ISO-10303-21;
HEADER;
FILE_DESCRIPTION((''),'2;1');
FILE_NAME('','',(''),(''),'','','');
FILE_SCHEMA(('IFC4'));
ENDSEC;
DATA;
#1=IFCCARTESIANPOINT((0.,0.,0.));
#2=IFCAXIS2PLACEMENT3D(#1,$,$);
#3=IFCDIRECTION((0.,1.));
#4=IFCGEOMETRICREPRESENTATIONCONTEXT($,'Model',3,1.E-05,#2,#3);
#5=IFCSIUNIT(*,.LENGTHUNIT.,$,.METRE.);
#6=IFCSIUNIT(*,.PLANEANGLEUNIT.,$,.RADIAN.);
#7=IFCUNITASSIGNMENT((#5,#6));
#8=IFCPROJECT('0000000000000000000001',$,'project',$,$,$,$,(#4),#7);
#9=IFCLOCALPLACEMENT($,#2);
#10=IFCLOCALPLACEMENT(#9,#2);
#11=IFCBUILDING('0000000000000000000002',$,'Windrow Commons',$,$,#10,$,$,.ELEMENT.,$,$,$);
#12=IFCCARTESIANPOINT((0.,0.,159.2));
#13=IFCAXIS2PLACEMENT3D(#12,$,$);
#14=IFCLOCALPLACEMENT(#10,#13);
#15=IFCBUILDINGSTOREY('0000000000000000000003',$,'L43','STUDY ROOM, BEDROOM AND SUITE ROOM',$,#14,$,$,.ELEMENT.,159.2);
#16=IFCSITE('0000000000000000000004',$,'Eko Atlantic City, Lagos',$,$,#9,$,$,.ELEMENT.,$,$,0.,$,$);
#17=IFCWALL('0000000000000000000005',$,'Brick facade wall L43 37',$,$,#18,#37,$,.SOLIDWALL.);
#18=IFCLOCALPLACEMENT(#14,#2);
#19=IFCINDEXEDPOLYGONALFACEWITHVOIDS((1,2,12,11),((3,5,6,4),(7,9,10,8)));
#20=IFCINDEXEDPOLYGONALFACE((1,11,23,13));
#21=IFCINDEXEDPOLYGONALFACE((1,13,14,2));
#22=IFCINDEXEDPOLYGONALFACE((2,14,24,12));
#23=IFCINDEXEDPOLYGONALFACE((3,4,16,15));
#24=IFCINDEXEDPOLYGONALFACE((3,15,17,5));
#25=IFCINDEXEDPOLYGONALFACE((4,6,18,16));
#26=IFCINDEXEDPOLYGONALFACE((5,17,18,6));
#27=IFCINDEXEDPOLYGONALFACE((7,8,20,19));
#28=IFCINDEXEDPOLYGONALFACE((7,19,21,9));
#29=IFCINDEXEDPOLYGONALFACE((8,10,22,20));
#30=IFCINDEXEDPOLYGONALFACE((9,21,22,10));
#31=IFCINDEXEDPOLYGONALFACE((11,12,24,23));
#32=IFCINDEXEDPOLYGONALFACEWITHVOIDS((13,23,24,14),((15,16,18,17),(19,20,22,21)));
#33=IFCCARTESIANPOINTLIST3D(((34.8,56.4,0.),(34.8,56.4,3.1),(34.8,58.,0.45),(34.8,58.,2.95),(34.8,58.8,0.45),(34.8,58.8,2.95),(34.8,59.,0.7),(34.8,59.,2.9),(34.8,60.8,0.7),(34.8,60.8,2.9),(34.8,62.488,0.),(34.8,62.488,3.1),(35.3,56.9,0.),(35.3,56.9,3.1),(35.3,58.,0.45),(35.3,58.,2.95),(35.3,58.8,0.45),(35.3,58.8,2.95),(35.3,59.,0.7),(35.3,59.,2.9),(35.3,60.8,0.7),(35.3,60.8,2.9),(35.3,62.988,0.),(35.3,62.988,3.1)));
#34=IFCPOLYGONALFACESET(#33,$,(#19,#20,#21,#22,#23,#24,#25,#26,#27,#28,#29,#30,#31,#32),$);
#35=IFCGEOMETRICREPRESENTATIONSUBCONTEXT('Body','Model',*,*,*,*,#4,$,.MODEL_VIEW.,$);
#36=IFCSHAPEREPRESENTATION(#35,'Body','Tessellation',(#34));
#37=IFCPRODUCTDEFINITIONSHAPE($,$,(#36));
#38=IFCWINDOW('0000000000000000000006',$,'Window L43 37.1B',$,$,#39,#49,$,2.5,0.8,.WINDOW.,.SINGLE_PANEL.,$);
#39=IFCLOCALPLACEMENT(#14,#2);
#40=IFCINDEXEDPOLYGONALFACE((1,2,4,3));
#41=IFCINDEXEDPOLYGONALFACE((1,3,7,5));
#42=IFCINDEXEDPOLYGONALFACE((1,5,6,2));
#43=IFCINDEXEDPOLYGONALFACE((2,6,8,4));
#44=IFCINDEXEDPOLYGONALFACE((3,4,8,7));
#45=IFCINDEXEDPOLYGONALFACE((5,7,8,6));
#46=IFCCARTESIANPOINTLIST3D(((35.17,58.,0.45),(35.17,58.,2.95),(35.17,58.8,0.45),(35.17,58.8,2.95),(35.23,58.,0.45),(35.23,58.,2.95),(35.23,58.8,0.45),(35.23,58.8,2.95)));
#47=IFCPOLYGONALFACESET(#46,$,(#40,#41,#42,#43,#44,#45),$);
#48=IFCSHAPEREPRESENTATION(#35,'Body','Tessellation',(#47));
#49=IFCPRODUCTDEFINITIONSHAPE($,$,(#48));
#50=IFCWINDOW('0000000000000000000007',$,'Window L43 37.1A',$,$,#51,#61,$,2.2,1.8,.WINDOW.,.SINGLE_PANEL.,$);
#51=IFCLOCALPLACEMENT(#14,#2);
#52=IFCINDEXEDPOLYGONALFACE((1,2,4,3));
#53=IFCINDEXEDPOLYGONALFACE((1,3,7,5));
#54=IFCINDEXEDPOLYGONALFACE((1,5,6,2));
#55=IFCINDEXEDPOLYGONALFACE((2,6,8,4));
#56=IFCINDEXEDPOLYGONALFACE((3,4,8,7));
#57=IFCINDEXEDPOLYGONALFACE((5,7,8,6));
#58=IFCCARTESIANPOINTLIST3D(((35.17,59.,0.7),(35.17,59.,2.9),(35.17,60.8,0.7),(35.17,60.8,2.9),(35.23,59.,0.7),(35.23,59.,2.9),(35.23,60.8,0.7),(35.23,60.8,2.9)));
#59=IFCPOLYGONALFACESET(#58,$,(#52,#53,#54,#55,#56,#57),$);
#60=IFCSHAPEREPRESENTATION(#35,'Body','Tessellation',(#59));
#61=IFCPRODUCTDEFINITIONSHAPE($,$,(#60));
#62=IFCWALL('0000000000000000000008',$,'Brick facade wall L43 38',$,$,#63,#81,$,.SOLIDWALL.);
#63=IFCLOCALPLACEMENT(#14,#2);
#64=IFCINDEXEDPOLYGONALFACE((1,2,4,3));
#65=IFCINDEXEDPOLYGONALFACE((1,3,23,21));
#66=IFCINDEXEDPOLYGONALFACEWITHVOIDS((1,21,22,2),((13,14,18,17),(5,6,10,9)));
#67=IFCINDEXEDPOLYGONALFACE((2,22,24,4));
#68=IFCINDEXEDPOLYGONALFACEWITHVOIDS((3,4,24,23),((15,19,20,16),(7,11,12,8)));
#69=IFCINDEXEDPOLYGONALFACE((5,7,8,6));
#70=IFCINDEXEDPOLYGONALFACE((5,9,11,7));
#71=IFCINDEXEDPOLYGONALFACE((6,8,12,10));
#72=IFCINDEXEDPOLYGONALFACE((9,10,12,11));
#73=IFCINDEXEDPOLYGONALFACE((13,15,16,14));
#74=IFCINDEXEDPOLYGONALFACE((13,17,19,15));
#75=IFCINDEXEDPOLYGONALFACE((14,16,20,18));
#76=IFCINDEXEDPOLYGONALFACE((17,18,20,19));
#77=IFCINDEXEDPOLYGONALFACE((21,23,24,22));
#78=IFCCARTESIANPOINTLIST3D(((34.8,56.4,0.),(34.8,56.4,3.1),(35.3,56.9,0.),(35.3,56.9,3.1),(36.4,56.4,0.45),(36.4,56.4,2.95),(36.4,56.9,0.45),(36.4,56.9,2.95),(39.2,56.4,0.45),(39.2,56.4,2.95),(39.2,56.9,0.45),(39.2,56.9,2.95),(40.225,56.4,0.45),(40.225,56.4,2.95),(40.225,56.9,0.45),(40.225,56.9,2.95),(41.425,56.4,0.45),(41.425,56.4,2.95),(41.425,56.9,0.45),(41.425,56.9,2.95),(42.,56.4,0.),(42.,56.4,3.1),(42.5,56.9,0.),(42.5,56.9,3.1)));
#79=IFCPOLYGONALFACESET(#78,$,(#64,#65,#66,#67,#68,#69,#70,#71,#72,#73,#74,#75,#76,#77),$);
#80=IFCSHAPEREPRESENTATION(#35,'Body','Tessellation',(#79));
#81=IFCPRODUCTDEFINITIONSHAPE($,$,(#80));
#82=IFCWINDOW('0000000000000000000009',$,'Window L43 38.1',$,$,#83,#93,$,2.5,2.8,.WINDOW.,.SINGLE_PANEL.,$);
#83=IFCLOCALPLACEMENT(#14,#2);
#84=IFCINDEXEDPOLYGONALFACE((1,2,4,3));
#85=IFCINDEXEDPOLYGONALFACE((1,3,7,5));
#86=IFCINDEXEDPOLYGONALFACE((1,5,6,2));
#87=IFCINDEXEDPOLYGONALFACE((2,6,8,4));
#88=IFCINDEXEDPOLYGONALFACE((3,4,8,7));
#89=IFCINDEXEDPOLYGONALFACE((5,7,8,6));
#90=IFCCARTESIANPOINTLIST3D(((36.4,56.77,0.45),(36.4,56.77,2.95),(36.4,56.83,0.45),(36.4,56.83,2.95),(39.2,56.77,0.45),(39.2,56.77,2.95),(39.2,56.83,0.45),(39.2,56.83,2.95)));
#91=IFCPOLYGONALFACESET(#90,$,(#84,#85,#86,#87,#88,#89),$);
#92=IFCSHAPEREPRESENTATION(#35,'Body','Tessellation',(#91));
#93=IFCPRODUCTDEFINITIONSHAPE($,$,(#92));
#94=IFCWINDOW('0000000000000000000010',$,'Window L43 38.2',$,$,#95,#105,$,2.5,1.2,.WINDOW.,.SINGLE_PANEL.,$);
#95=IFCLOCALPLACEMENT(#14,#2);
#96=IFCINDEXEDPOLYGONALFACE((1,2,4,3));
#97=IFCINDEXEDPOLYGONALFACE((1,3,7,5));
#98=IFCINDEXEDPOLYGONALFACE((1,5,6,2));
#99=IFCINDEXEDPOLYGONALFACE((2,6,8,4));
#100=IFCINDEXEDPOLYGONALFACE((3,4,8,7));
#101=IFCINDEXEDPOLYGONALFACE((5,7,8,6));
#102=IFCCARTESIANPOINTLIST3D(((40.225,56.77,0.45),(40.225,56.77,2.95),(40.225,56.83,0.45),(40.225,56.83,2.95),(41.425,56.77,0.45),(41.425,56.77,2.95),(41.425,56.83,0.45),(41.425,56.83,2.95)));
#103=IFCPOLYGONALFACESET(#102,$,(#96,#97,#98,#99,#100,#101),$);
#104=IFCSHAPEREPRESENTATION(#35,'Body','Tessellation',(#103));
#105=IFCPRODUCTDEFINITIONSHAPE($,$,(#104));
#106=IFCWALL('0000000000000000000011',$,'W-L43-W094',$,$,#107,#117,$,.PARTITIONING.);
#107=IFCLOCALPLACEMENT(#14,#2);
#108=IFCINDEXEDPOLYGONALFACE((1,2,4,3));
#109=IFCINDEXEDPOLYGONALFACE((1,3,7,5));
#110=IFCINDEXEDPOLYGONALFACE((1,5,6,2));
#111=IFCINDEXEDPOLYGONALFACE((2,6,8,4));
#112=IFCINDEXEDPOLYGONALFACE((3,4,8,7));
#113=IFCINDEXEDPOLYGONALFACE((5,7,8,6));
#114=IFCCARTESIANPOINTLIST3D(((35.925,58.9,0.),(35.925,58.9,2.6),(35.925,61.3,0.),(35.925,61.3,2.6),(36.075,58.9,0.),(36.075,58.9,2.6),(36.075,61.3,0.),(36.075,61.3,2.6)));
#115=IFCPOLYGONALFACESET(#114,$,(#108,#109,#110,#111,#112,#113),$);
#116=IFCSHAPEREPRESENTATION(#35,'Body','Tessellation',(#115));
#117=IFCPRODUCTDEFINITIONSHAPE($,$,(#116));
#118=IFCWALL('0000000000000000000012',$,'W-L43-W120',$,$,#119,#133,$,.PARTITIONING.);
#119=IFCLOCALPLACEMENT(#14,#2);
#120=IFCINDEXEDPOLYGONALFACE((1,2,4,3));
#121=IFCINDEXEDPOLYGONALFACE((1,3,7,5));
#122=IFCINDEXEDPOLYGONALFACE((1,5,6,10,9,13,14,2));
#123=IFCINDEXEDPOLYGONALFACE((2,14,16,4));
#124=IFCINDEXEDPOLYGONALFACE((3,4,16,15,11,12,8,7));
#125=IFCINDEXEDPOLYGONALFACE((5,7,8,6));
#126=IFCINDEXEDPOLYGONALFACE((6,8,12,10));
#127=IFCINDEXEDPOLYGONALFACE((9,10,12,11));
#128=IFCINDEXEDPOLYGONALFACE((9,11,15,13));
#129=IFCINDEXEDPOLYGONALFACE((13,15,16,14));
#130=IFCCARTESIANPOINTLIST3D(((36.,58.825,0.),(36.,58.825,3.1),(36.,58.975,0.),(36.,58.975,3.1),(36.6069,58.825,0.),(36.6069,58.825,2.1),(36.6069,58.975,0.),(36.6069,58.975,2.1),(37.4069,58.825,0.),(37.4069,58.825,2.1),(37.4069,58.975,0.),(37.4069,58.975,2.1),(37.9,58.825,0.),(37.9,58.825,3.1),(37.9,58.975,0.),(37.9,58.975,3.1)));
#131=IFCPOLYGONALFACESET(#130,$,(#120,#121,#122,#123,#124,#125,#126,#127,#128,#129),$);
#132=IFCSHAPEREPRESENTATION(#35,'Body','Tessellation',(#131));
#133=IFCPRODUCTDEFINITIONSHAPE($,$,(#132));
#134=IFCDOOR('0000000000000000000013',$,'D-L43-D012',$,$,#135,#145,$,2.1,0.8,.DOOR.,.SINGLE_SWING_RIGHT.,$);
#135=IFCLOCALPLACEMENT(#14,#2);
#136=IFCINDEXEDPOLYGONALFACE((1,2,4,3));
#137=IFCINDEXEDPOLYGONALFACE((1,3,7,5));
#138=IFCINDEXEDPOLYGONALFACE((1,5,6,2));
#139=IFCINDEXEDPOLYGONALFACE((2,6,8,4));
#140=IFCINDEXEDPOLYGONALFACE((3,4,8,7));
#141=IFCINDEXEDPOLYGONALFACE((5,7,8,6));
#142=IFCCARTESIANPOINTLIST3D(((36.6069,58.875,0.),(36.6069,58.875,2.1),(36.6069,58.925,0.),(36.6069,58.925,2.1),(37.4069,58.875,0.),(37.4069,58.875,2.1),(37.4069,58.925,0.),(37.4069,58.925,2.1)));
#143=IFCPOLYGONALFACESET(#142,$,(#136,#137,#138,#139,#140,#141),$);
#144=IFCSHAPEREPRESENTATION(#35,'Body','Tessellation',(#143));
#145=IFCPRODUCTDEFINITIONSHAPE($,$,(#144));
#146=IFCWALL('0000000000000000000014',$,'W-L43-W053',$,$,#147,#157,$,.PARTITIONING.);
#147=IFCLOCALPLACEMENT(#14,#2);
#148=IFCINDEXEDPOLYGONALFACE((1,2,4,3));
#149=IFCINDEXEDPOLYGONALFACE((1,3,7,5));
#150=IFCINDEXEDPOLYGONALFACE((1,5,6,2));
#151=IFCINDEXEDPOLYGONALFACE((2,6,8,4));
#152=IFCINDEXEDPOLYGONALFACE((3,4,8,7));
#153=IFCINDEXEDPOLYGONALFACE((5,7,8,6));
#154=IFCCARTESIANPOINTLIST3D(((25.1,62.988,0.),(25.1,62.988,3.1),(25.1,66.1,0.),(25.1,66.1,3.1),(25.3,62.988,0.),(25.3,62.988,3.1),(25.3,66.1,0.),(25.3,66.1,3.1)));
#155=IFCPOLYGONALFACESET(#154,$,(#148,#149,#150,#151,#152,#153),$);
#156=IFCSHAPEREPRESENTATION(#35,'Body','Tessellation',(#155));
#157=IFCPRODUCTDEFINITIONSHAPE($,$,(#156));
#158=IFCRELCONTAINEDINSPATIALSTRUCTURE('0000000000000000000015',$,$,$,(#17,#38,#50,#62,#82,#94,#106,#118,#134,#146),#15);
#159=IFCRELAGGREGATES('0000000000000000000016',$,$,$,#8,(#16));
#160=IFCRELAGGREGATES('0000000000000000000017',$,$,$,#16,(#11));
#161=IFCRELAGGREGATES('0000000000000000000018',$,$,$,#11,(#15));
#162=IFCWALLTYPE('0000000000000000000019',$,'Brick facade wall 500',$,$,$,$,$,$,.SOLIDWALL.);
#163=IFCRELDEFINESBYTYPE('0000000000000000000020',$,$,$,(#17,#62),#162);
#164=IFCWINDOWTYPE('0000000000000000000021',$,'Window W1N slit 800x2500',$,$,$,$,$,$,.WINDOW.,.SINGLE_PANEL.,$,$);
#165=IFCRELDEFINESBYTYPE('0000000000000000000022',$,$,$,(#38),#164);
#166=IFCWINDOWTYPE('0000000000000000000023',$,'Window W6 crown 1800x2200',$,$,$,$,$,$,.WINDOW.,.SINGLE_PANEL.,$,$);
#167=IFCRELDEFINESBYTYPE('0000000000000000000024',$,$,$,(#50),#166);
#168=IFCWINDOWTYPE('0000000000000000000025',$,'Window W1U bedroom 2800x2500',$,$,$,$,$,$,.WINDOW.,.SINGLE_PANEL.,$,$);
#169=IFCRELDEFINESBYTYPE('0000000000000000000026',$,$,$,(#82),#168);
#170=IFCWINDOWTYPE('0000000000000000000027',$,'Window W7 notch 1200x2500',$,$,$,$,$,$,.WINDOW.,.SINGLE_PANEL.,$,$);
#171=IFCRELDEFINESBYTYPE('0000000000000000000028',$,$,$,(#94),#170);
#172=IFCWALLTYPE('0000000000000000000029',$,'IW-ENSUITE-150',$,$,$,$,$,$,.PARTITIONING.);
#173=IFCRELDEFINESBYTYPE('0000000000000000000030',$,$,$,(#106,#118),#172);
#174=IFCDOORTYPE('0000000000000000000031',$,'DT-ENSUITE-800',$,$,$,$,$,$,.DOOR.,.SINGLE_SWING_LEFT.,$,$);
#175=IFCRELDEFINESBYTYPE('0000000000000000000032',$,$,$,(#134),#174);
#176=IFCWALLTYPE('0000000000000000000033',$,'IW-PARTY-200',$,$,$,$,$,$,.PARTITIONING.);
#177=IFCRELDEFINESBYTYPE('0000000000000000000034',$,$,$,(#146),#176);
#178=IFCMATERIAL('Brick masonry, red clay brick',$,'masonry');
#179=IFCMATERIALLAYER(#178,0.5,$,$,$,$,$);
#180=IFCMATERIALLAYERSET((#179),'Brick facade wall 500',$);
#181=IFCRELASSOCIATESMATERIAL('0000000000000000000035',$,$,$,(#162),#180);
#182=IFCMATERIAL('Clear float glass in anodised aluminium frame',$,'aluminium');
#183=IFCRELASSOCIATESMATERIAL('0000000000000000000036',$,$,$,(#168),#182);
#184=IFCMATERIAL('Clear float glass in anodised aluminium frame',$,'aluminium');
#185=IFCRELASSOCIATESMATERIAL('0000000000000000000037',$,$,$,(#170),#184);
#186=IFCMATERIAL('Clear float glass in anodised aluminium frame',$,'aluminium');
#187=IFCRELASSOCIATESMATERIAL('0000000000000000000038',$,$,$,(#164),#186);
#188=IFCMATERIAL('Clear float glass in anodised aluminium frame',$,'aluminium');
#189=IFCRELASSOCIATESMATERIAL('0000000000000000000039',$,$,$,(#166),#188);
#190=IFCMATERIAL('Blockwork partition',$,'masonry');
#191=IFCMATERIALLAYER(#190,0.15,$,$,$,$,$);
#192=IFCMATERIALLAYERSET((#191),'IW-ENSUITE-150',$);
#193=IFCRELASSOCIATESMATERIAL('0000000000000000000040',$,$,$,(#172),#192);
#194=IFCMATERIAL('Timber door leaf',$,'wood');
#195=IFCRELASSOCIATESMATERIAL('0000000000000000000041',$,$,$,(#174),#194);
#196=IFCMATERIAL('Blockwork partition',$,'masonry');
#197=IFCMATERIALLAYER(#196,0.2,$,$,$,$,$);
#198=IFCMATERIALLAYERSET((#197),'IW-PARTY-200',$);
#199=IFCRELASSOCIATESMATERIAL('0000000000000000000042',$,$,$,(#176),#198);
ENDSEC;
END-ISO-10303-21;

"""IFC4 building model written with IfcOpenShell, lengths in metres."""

from ifc_helpers import new_model, si_unit, direction, frame, frame_2d, origin, place, context, subcontext, project, spatial, polyline, rectangle, outline, extrude, material, layer, layer_set, type_object, element, fill, save


model = new_model("IFC4")

# Units and contexts
model_context = context("Model", 3, precision=1e-05, world=origin(), true_north=direction((0.0, 1.0)))
body_context = subcontext(model_context, "Body", "Model", "MODEL_VIEW")
ifc_project = project(units=[si_unit("LENGTHUNIT", "METRE"), si_unit("PLANEANGLEUNIT", "RADIAN")], contexts=[model_context])

# Site, building, storey
site_placement = place(None, origin())
site = spatial("IfcSite", under=ifc_project, at=site_placement, Name="Eko Atlantic City, Lagos", CompositionType="ELEMENT", RefElevation=0.0)
building_placement = place(site_placement, origin())
building = spatial("IfcBuilding", under=site, at=building_placement, Name="Windrow Commons", CompositionType="ELEMENT")
storey_placement = place(building_placement, frame((0.0, 0.0, 159.2)))
storey = spatial("IfcBuildingStorey", under=building, at=storey_placement, Name="L43", Description="STUDY ROOM, BEDROOM AND SUITE ROOM", CompositionType="ELEMENT", Elevation=159.2)

# Walls, openings, windows
ifc_material_1 = material(Name="Brick masonry, red clay brick", Category="masonry")
ifc_layer_1 = layer(ifc_material_1, 0.5)
ifc_layer_set_1 = layer_set([ifc_layer_1], Name="Brick facade wall 500")
wall_type_1 = type_object("IfcWallType", Name="Brick facade wall 500", PredefinedType="SOLIDWALL", material=ifc_layer_set_1)
ifc_material_2 = material(Name="Clear float glass in anodised aluminium frame", Category="aluminium")
window_type_1 = type_object("IfcWindowType", Name="Window W1U bedroom 2800x2500", PartitioningType="SINGLE_PANEL", PredefinedType="WINDOW", material=ifc_material_2)
ifc_material_3 = material(Name="Clear float glass in anodised aluminium frame", Category="aluminium")
window_type_2 = type_object("IfcWindowType", Name="Window W7 notch 1200x2500", PartitioningType="SINGLE_PANEL", PredefinedType="WINDOW", material=ifc_material_3)
wall_1_placement = place(storey_placement, frame((35.05, 62.738, 0.0), z_axis=(0.0, 0.0, 1.0), x_axis=(0.0, -1.0, 0.0)))
wall_1 = element("IfcWall", 1, at=wall_1_placement, inside=storey, type_object=wall_type_1, Name="Brick facade wall L43 37", PredefinedType="SOLIDWALL", context=body_context, shape_type="SweptSolid", body=[
    extrude(outline(polyline([(0.25, -0.25), (6.338, -0.25), (5.838, 0.25), (-0.25, 0.25), (0.25, -0.25)])), origin(), (0.0, 0.0, 1.0), 3.1),
])
opening_1_placement = place(wall_1_placement, frame((1.938, 0.0, 0.7)))
opening_1 = element("IfcOpeningElement", 2, at=opening_1_placement, cuts=wall_1, PredefinedType="OPENING", context=body_context, shape_type="SweptSolid", body=[
    extrude(rectangle(XDim=1.8, YDim=2.2, at=frame_2d((0.9, 1.1))), frame((0.0, 0.26, 0.0), z_axis=(0.0, -1.0, 0.0), x_axis=(1.0, 0.0, 0.0)), (0.0, 0.0, 1.0), 0.52),
])
opening_2_placement = place(wall_1_placement, frame((3.938, 0.0, 0.45)))
opening_2 = element("IfcOpeningElement", 3, at=opening_2_placement, cuts=wall_1, PredefinedType="OPENING", context=body_context, shape_type="SweptSolid", body=[
    extrude(rectangle(XDim=0.8, YDim=2.5, at=frame_2d((0.4, 1.25))), frame((0.0, 0.26, 0.0), z_axis=(0.0, -1.0, 0.0), x_axis=(1.0, 0.0, 0.0)), (0.0, 0.0, 1.0), 0.52),
])
ifc_material_4 = material(Name="Clear float glass in anodised aluminium frame", Category="aluminium")
window_type_3 = type_object("IfcWindowType", Name="Window W1N slit 800x2500", PartitioningType="SINGLE_PANEL", PredefinedType="WINDOW", material=ifc_material_4)
window_1_placement = place(opening_2_placement, origin())
window_1 = element("IfcWindow", 4, at=window_1_placement, inside=storey, type_object=window_type_3, Name="Window L43 37.1B", OverallHeight=2.5, OverallWidth=0.8, PartitioningType="SINGLE_PANEL", PredefinedType="WINDOW", context=body_context, shape_type="SweptSolid", body=[
    extrude(rectangle(XDim=0.8, YDim=2.5, at=frame_2d((0.4, 1.25))), frame((0.0, 0.18, 0.0), z_axis=(0.0, -1.0, 0.0), x_axis=(1.0, 0.0, 0.0)), (0.0, 0.0, 1.0), 0.06),
])
fill(opening_2, window_1)
ifc_material_5 = material(Name="Clear float glass in anodised aluminium frame", Category="aluminium")
window_type_4 = type_object("IfcWindowType", Name="Window W6 crown 1800x2200", PartitioningType="SINGLE_PANEL", PredefinedType="WINDOW", material=ifc_material_5)
window_2_placement = place(opening_1_placement, origin())
window_2 = element("IfcWindow", 5, at=window_2_placement, inside=storey, type_object=window_type_4, Name="Window L43 37.1A", OverallHeight=2.2, OverallWidth=1.8, PartitioningType="SINGLE_PANEL", PredefinedType="WINDOW", context=body_context, shape_type="SweptSolid", body=[
    extrude(rectangle(XDim=1.8, YDim=2.2, at=frame_2d((0.9, 1.1))), frame((0.0, 0.18, 0.0), z_axis=(0.0, -1.0, 0.0), x_axis=(1.0, 0.0, 0.0)), (0.0, 0.0, 1.0), 0.06),
])
fill(opening_1, window_2)
wall_2_placement = place(storey_placement, frame((35.05, 56.65, 0.0), z_axis=(0.0, 0.0, 1.0), x_axis=(1.0, 0.0, 0.0)))
wall_2 = element("IfcWall", 6, at=wall_2_placement, inside=storey, type_object=wall_type_1, Name="Brick facade wall L43 38", PredefinedType="SOLIDWALL", context=body_context, shape_type="SweptSolid", body=[
    extrude(outline(polyline([(-0.25, -0.25), (6.95, -0.25), (7.45, 0.25), (0.25, 0.25), (-0.25, -0.25)])), origin(), (0.0, 0.0, 1.0), 3.1),
])
opening_3_placement = place(wall_2_placement, frame((1.35, 0.0, 0.45)))
opening_3 = element("IfcOpeningElement", 7, at=opening_3_placement, cuts=wall_2, PredefinedType="OPENING", context=body_context, shape_type="SweptSolid", body=[
    extrude(rectangle(XDim=2.8, YDim=2.5, at=frame_2d((1.4, 1.25))), frame((0.0, 0.26, 0.0), z_axis=(0.0, -1.0, 0.0), x_axis=(1.0, 0.0, 0.0)), (0.0, 0.0, 1.0), 0.52),
])
opening_4_placement = place(wall_2_placement, frame((5.175, 0.0, 0.45)))
opening_4 = element("IfcOpeningElement", 8, at=opening_4_placement, cuts=wall_2, PredefinedType="OPENING", context=body_context, shape_type="SweptSolid", body=[
    extrude(rectangle(XDim=1.2, YDim=2.5, at=frame_2d((0.6, 1.25))), frame((0.0, 0.26, 0.0), z_axis=(0.0, -1.0, 0.0), x_axis=(1.0, 0.0, 0.0)), (0.0, 0.0, 1.0), 0.52),
])
window_3_placement = place(opening_3_placement, origin())
window_3 = element("IfcWindow", 9, at=window_3_placement, inside=storey, type_object=window_type_1, Name="Window L43 38.1", OverallHeight=2.5, OverallWidth=2.8, PartitioningType="SINGLE_PANEL", PredefinedType="WINDOW", context=body_context, shape_type="SweptSolid", body=[
    extrude(rectangle(XDim=2.8, YDim=2.5, at=frame_2d((1.4, 1.25))), frame((0.0, 0.18, 0.0), z_axis=(0.0, -1.0, 0.0), x_axis=(1.0, 0.0, 0.0)), (0.0, 0.0, 1.0), 0.06),
])
fill(opening_3, window_3)
window_4_placement = place(opening_4_placement, origin())
window_4 = element("IfcWindow", 10, at=window_4_placement, inside=storey, type_object=window_type_2, Name="Window L43 38.2", OverallHeight=2.5, OverallWidth=1.2, PartitioningType="SINGLE_PANEL", PredefinedType="WINDOW", context=body_context, shape_type="SweptSolid", body=[
    extrude(rectangle(XDim=1.2, YDim=2.5, at=frame_2d((0.6, 1.25))), frame((0.0, 0.18, 0.0), z_axis=(0.0, -1.0, 0.0), x_axis=(1.0, 0.0, 0.0)), (0.0, 0.0, 1.0), 0.06),
])
fill(opening_4, window_4)

# Wall
ifc_material_6 = material(Name="Blockwork partition", Category="masonry")
ifc_layer_2 = layer(ifc_material_6, 0.15)
ifc_layer_set_2 = layer_set([ifc_layer_2], Name="IW-ENSUITE-150")
wall_type_2 = type_object("IfcWallType", Name="IW-ENSUITE-150", PredefinedType="PARTITIONING", material=ifc_layer_set_2)
wall_3_placement = place(storey_placement, frame((36.0, 58.9, 0.0), z_axis=(0.0, 0.0, 1.0), x_axis=(0.0, 1.0, 0.0)))
element("IfcWall", 11, at=wall_3_placement, inside=storey, type_object=wall_type_2, Name="W-L43-W094", PredefinedType="PARTITIONING", context=body_context, shape_type="SweptSolid", body=[
    extrude(rectangle(XDim=2.4, YDim=0.15, at=frame_2d((1.2, 0.0))), origin(), (0.0, 0.0, 1.0), 2.6),
])

# Wall, opening, door
wall_4_placement = place(storey_placement, frame((36.0, 58.9, 0.0), z_axis=(0.0, 0.0, 1.0), x_axis=(1.0, 0.0, 0.0)))
wall_4 = element("IfcWall", 12, at=wall_4_placement, inside=storey, type_object=wall_type_2, Name="W-L43-W120", PredefinedType="PARTITIONING", context=body_context, shape_type="SweptSolid", body=[
    extrude(rectangle(XDim=1.9, YDim=0.15, at=frame_2d((0.95, 0.0))), origin(), (0.0, 0.0, 1.0), 3.1),
])
opening_5_placement = place(wall_4_placement, frame((0.6069, 0.0, 0.0)))
opening_5 = element("IfcOpeningElement", 13, at=opening_5_placement, cuts=wall_4, PredefinedType="OPENING", context=body_context, shape_type="SweptSolid", body=[
    extrude(rectangle(XDim=0.8, YDim=2.1, at=frame_2d((0.4, 1.05))), frame((0.0, 0.085, 0.0), z_axis=(0.0, -1.0, 0.0), x_axis=(1.0, 0.0, 0.0)), (0.0, 0.0, 1.0), 0.17),
])
ifc_material_7 = material(Name="Timber door leaf", Category="wood")
door_type = type_object("IfcDoorType", Name="DT-ENSUITE-800", OperationType="SINGLE_SWING_LEFT", PredefinedType="DOOR", material=ifc_material_7)
door_placement = place(opening_5_placement, origin())
door = element("IfcDoor", 14, at=door_placement, inside=storey, type_object=door_type, Name="D-L43-D012", OperationType="SINGLE_SWING_RIGHT", OverallHeight=2.1, OverallWidth=0.8, PredefinedType="DOOR", context=body_context, shape_type="SweptSolid", body=[
    extrude(rectangle(XDim=0.8, YDim=2.1, at=frame_2d((0.4, 1.05))), frame((0.0, 0.025, 0.0), z_axis=(0.0, -1.0, 0.0), x_axis=(1.0, 0.0, 0.0)), (0.0, 0.0, 1.0), 0.05),
])
fill(opening_5, door)

# Wall
ifc_material_8 = material(Name="Blockwork partition", Category="masonry")
ifc_layer_3 = layer(ifc_material_8, 0.2)
ifc_layer_set_3 = layer_set([ifc_layer_3], Name="IW-PARTY-200")
wall_type_3 = type_object("IfcWallType", Name="IW-PARTY-200", PredefinedType="PARTITIONING", material=ifc_layer_set_3)
for number, where, z_axis, x_axis, name in (
    (15, (25.2, 62.988, 0.0), (0.0, 0.0, 1.0), (0.0, 1.0, 0.0), "W-L43-W053"),
):
    element("IfcWall", number, at=place(storey_placement, frame(where, z_axis=z_axis, x_axis=x_axis)), inside=storey, type_object=wall_type_3, Name=name, PredefinedType="PARTITIONING", context=body_context, shape_type="SweptSolid", body=[
        extrude(rectangle(XDim=3.112, YDim=0.2, at=frame_2d((1.556, 0.0))), origin(), (0.0, 0.0, 1.0), 3.1),
    ])

save(model, "model.ifc")
